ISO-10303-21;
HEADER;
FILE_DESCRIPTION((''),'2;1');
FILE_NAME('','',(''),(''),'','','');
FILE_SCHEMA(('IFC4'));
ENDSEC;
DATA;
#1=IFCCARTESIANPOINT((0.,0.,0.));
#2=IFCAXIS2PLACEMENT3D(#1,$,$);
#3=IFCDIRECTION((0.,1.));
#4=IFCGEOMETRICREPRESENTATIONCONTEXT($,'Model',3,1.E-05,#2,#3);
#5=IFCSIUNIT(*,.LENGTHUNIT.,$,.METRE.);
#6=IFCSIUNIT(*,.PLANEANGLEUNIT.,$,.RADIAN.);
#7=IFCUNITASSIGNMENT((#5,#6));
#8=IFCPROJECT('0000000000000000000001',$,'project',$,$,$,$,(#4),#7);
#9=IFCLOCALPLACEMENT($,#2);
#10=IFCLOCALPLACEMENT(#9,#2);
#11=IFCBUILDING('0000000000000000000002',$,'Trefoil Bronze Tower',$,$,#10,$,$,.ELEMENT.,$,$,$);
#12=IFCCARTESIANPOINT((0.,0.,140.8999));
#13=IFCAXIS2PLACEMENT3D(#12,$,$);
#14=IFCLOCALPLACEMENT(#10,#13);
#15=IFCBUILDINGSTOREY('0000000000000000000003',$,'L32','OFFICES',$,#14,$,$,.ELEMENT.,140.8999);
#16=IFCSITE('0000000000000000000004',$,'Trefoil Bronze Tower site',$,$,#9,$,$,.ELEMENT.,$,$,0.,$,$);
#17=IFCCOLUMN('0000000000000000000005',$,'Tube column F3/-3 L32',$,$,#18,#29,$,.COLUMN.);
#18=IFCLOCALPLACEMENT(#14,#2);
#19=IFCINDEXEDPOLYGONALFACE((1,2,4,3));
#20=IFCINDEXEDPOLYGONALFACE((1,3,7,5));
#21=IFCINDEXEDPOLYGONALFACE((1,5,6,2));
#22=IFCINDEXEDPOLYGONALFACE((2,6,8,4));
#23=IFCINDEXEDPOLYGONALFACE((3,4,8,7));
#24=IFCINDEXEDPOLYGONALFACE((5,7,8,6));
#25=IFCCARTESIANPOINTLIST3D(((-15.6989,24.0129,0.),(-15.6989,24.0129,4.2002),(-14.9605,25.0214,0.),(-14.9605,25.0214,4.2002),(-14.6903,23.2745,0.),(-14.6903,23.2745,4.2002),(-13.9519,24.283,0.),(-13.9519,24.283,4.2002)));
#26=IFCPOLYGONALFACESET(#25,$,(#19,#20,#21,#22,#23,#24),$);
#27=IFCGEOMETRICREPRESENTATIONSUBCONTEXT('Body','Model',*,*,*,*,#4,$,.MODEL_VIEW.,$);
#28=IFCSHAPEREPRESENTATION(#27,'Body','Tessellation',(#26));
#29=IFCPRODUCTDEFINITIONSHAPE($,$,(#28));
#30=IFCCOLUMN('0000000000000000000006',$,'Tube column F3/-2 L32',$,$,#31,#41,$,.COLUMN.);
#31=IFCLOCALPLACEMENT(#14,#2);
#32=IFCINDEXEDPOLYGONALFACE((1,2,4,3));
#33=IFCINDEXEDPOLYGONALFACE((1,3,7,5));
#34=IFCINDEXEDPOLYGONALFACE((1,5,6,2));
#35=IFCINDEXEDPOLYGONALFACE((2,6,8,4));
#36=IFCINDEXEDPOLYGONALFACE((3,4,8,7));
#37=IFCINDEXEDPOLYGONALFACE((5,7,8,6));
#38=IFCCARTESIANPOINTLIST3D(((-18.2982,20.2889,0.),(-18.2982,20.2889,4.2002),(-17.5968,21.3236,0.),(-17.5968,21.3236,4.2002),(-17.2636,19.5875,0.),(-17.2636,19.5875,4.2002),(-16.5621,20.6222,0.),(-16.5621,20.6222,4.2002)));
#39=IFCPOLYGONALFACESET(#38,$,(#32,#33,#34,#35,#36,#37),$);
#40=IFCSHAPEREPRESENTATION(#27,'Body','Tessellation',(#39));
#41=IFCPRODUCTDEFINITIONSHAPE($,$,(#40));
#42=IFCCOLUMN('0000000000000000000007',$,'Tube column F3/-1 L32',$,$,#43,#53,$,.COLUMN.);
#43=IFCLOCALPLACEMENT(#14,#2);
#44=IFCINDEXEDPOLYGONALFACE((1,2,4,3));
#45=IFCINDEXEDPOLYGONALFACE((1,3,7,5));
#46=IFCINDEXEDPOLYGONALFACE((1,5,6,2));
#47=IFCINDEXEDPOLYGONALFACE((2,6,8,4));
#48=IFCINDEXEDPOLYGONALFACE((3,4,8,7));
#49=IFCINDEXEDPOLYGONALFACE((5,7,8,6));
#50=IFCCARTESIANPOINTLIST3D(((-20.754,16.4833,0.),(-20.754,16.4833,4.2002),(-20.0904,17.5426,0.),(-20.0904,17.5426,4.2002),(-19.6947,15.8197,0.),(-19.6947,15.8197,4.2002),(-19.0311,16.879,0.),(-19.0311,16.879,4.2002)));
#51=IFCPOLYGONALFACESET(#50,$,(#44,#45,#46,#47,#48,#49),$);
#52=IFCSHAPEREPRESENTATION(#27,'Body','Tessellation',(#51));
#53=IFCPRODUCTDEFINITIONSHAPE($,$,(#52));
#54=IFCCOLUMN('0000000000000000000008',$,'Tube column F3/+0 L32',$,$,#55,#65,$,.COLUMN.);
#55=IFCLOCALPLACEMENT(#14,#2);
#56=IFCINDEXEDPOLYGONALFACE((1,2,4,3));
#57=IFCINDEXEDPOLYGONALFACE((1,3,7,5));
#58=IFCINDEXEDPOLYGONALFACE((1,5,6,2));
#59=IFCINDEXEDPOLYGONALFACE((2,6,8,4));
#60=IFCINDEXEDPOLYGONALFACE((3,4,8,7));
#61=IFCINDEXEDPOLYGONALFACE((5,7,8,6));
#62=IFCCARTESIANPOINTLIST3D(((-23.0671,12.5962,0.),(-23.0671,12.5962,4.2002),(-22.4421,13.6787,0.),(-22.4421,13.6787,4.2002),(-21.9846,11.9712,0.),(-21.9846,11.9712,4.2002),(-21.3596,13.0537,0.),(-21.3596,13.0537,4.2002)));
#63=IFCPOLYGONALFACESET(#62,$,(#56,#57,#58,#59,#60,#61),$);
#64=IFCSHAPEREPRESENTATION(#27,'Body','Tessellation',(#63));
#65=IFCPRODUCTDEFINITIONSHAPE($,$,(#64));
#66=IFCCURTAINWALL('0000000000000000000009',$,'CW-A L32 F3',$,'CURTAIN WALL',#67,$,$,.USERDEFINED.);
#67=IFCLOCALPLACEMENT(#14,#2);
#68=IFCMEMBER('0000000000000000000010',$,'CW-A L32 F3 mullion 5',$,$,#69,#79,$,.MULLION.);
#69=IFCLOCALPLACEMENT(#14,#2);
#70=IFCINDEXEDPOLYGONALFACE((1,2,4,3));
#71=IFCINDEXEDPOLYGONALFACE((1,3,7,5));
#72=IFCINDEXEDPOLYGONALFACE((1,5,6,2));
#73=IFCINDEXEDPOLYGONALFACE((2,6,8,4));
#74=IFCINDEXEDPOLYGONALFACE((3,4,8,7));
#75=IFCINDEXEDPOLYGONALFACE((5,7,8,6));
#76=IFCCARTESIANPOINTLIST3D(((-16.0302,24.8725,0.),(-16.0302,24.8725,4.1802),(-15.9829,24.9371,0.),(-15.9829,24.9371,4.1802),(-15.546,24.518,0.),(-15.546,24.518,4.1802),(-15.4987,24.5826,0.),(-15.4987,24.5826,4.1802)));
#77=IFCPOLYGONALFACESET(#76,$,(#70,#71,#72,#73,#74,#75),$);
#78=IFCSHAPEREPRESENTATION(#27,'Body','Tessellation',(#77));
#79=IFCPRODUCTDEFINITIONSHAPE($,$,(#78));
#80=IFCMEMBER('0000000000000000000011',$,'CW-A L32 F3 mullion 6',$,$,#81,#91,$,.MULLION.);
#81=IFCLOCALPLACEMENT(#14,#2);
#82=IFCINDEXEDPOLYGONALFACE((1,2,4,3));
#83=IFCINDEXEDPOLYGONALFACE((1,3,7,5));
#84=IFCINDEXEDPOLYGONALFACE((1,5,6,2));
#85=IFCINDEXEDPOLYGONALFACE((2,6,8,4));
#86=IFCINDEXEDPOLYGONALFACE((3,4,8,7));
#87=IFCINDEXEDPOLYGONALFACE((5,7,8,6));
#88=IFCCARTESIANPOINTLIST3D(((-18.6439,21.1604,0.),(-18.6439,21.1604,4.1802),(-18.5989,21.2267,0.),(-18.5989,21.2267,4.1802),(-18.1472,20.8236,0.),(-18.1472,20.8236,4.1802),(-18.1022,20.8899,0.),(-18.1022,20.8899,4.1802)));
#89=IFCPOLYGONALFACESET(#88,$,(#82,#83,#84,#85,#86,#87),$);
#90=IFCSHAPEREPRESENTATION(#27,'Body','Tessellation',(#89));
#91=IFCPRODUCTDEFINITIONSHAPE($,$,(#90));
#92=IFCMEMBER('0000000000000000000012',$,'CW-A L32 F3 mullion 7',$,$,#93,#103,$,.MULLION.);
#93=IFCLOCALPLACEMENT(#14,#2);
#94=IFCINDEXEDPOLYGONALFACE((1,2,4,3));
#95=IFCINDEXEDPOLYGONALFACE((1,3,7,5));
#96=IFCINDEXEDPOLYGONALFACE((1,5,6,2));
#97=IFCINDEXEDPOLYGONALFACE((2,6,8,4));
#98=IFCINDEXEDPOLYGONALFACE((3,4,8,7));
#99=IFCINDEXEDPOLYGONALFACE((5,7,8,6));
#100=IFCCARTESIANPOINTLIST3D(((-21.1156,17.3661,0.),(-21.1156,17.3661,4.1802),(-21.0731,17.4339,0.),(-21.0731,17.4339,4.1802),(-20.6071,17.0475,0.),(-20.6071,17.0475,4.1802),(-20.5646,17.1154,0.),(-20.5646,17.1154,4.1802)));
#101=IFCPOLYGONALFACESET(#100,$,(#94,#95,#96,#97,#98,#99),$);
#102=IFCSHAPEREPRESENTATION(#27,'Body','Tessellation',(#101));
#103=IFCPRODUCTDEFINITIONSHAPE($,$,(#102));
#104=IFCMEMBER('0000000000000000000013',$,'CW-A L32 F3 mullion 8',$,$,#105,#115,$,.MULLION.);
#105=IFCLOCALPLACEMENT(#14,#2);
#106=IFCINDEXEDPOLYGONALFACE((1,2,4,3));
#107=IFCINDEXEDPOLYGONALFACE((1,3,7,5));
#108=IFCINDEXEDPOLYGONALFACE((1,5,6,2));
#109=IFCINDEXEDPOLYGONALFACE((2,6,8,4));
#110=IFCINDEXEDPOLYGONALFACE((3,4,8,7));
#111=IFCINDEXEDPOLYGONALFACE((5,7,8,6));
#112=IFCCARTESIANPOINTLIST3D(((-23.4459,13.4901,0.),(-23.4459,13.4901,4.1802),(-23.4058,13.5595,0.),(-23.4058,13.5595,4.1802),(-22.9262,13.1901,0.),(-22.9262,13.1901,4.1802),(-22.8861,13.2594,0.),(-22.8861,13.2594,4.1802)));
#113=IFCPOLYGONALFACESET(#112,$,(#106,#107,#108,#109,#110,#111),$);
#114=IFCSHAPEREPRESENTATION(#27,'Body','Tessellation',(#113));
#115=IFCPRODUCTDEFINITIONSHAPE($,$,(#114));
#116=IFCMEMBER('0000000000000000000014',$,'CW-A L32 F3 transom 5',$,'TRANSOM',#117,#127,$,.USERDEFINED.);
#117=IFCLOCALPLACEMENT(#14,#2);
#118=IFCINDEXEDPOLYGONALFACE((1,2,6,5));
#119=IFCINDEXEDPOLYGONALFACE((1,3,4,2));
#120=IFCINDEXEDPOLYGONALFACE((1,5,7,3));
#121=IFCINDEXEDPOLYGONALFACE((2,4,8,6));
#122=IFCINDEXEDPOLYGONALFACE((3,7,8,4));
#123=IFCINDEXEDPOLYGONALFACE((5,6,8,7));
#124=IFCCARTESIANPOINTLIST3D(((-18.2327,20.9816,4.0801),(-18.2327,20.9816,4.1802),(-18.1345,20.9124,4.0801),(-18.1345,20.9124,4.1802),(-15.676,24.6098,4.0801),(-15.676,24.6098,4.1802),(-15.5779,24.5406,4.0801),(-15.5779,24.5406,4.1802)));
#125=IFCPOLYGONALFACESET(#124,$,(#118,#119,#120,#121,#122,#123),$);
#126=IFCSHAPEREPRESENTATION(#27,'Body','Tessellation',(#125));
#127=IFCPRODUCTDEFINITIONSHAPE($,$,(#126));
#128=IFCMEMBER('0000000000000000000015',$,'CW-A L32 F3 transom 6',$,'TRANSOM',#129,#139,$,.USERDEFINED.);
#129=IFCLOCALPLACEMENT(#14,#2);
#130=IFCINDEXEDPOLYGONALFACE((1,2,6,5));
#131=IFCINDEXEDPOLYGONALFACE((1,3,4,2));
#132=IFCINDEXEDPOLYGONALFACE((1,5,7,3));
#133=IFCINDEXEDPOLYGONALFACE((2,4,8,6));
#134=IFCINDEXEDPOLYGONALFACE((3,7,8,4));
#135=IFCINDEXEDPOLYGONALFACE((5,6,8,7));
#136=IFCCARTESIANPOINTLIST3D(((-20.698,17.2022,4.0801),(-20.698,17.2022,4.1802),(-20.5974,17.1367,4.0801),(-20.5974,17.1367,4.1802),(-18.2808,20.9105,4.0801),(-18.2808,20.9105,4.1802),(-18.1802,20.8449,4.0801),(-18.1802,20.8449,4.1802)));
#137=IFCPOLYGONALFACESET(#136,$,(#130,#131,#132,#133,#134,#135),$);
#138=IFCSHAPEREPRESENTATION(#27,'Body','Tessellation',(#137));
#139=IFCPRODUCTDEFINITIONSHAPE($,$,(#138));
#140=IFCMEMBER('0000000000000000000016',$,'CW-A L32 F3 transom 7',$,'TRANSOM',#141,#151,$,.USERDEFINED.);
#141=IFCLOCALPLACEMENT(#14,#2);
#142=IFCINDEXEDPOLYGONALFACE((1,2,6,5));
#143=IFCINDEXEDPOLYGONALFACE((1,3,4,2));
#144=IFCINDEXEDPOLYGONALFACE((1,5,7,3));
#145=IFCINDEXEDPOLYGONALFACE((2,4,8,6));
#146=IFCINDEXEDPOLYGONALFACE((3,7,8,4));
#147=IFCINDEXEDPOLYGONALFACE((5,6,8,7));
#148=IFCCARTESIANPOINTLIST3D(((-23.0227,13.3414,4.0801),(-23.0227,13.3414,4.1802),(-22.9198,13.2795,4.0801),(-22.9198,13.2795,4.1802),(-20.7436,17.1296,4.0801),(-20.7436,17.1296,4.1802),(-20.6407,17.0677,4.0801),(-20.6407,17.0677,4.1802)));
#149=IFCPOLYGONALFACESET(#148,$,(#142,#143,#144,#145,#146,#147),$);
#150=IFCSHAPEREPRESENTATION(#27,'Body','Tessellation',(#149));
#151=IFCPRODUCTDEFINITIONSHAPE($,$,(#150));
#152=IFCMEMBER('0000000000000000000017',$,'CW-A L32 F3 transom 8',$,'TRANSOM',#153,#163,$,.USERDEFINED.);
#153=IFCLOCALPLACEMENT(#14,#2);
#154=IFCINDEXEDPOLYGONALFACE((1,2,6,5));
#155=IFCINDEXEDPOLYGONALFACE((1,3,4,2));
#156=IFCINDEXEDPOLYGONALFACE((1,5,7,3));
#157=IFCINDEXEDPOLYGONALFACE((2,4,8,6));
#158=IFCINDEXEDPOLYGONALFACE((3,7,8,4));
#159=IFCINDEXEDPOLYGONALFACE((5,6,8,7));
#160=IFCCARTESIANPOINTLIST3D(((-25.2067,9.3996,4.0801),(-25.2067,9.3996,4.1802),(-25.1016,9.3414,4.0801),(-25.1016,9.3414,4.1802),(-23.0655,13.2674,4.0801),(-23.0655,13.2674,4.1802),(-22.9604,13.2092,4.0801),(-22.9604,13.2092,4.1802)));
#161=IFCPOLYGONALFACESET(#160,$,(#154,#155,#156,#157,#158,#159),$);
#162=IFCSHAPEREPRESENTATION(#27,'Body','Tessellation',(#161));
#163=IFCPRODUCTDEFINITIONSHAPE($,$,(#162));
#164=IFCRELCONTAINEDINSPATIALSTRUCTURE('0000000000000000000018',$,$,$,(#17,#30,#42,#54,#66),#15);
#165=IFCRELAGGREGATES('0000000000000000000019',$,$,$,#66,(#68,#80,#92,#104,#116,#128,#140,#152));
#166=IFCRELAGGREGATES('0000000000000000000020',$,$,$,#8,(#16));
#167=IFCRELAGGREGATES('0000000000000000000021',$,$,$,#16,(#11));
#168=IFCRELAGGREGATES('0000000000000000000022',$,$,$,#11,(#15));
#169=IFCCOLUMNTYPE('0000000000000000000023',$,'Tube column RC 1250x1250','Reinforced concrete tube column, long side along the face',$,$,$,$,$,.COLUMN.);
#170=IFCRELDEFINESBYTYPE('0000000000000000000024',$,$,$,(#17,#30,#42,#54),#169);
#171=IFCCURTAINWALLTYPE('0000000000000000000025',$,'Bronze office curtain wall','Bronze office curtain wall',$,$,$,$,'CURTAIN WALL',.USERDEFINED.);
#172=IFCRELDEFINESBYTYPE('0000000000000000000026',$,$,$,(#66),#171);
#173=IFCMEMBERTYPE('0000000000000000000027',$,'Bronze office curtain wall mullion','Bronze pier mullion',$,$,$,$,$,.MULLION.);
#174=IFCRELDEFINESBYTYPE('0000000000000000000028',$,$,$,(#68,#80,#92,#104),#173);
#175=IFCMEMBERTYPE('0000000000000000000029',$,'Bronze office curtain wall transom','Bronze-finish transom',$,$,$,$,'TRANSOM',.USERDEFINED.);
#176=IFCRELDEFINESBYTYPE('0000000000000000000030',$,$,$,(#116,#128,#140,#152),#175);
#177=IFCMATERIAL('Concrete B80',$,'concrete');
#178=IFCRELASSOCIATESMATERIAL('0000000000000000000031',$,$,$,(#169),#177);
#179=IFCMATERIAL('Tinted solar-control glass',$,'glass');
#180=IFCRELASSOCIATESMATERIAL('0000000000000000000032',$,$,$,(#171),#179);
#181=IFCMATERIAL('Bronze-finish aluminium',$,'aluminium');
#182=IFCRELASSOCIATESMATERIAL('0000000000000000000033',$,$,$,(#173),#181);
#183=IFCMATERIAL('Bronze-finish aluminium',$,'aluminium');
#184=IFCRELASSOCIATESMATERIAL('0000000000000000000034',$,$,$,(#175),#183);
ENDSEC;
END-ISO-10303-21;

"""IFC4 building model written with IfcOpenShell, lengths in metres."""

from ifc_helpers import new_model, si_unit, direction, frame, origin, origin_2d, place, context, subcontext, project, spatial, rectangle, extrude, material, material_profile, profile_set, type_object, element, aggregate, save


model = new_model("IFC4")

# Units and contexts
model_context = context("Model", 3, precision=1e-05, world=origin(), true_north=direction((0.0, 1.0)))
body_context = subcontext(model_context, "Body", "Model", "MODEL_VIEW")
ifc_project = project(units=[si_unit("LENGTHUNIT", "METRE"), si_unit("PLANEANGLEUNIT", "RADIAN")], contexts=[model_context])

# Site, building, storey
site_placement = place(None, origin())
site = spatial("IfcSite", under=ifc_project, at=site_placement, Name="Trefoil Bronze Tower site", CompositionType="ELEMENT", RefElevation=0.0)
building_placement = place(site_placement, origin())
building = spatial("IfcBuilding", under=site, at=building_placement, Name="Trefoil Bronze Tower", CompositionType="ELEMENT")
storey_placement = place(building_placement, frame((0.0, 0.0, 140.8999)))
storey = spatial("IfcBuildingStorey", under=building, at=storey_placement, Name="L32", Description="OFFICES", CompositionType="ELEMENT", Elevation=140.8999)

# Columns
ifc_material_1 = material(Name="Concrete B80", Category="concrete")
ifc_material_profile_1 = material_profile(ifc_material_1, rectangle(XDim=1.25, YDim=1.25, at=origin_2d()), Name="RC 1250x1250")
ifc_profile_set_1 = profile_set([ifc_material_profile_1], Name="Concrete B80")
column_type = type_object("IfcColumnType", Name="Tube column RC 1250x1250", Description="Reinforced concrete tube column, long side along the face", PredefinedType="COLUMN", material=ifc_profile_set_1)
for number, where, z_axis, x_axis, name in (
    (1, (-14.8254, 24.1479, 0.0), (0.0, 0.0, 1.0), (-0.590723, -0.806875, 0.0), "Tube column F3/-3 L32"),
    (2, (-17.4302, 20.4556, 0.0), (0.0, 0.0, 1.0), (-0.561136, -0.827724, 0.0), "Tube column F3/-2 L32"),
    (3, (-19.8926, 16.6812, 0.0), (0.0, 0.0, 1.0), (-0.530893, -0.847439, 0.0), "Tube column F3/-1 L32"),
    (4, (-22.2134, 12.825, 0.0), (0.0, 0.0, 1.0), (-0.5, -0.866025, 0.0), "Tube column F3/+0 L32"),
):
    element("IfcColumn", number, at=place(storey_placement, frame(where, z_axis=z_axis, x_axis=x_axis)), inside=storey, type_object=column_type, Name=name, PredefinedType="COLUMN", context=body_context, shape_type="SweptSolid", body=[
        extrude(rectangle(XDim=1.25, YDim=1.25, at=origin_2d()), origin(), (0.0, 0.0, 1.0), 4.2002),
    ])

# Curtain wall, members
ifc_material_2 = material(Name="Tinted solar-control glass", Category="glass")
curtain_wall_type = type_object("IfcCurtainWallType", Name="Bronze office curtain wall", Description="Bronze office curtain wall", ElementType="CURTAIN WALL", PredefinedType="USERDEFINED", material=ifc_material_2)
curtain_wall_placement = place(storey_placement, origin())
curtain_wall = element("IfcCurtainWall", 5, at=curtain_wall_placement, inside=storey, type_object=curtain_wall_type, Name="CW-A L32 F3", ObjectType="CURTAIN WALL", PredefinedType="USERDEFINED")
ifc_material_3 = material(Name="Bronze-finish aluminium", Category="aluminium")
ifc_material_profile_2 = material_profile(ifc_material_3, rectangle(XDim=0.6001, YDim=0.0801, at=origin_2d()), Name="CW-A mullion")
ifc_profile_set_2 = profile_set([ifc_material_profile_2], Name="Bronze-finish aluminium")
member_type_1 = type_object("IfcMemberType", Name="Bronze office curtain wall mullion", Description="Bronze pier mullion", PredefinedType="MULLION", material=ifc_profile_set_2)
member_1_placement = place(storey_placement, frame((-15.7644, 24.7275, 0.0), z_axis=(0.0, 0.0, 1.0), x_axis=(0.806875, -0.590723, 0.0)))
member_1 = element("IfcMember", 6, at=member_1_placement, type_object=member_type_1, Name="CW-A L32 F3 mullion 5", PredefinedType="MULLION", context=body_context, shape_type="SweptSolid", body=[
    extrude(rectangle(XDim=0.6001, YDim=0.0801, at=origin_2d()), origin(), (0.0, 0.0, 1.0), 4.1802),
])
member_2_placement = place(storey_placement, frame((-18.373, 21.0251, 0.0), z_axis=(0.0, 0.0, 1.0), x_axis=(0.827724, -0.561136, 0.0)))
member_2 = element("IfcMember", 7, at=member_2_placement, type_object=member_type_1, Name="CW-A L32 F3 mullion 6", PredefinedType="MULLION", context=body_context, shape_type="SweptSolid", body=[
    extrude(rectangle(XDim=0.6001, YDim=0.0801, at=origin_2d()), origin(), (0.0, 0.0, 1.0), 4.1802),
])
member_3_placement = place(storey_placement, frame((-20.8401, 17.2407, 0.0), z_axis=(0.0, 0.0, 1.0), x_axis=(0.847439, -0.530893, 0.0)))
member_3 = element("IfcMember", 8, at=member_3_placement, type_object=member_type_1, Name="CW-A L32 F3 mullion 7", PredefinedType="MULLION", context=body_context, shape_type="SweptSolid", body=[
    extrude(rectangle(XDim=0.6001, YDim=0.0801, at=origin_2d()), origin(), (0.0, 0.0, 1.0), 4.1802),
])
member_4_placement = place(storey_placement, frame((-23.166, 13.3748, 0.0), z_axis=(0.0, 0.0, 1.0), x_axis=(0.866025, -0.5, 0.0)))
member_4 = element("IfcMember", 9, at=member_4_placement, type_object=member_type_1, Name="CW-A L32 F3 mullion 8", PredefinedType="MULLION", context=body_context, shape_type="SweptSolid", body=[
    extrude(rectangle(XDim=0.6001, YDim=0.0801, at=origin_2d()), origin(), (0.0, 0.0, 1.0), 4.1802),
])
ifc_material_4 = material(Name="Bronze-finish aluminium", Category="aluminium")
ifc_material_profile_3 = material_profile(ifc_material_4, rectangle(XDim=0.1201, YDim=0.1001, at=origin_2d()), Name="CW-A transom")
ifc_profile_set_3 = profile_set([ifc_material_profile_3], Name="Bronze-finish aluminium")
member_type_2 = type_object("IfcMemberType", Name="Bronze office curtain wall transom", Description="Bronze-finish transom", ElementType="TRANSOM", PredefinedType="USERDEFINED", material=ifc_profile_set_3)
member_5_placement = place(storey_placement, frame((-15.627, 24.5752, 4.1301), z_axis=(-0.576018, -0.817437, 0.0), x_axis=(0.817437, -0.576018, 0.0)))
member_5 = element("IfcMember", 10, at=member_5_placement, type_object=member_type_2, Name="CW-A L32 F3 transom 5", ObjectType="TRANSOM", PredefinedType="USERDEFINED", context=body_context, shape_type="SweptSolid", body=[
    extrude(rectangle(XDim=0.1201, YDim=0.1001, at=origin_2d()), origin(), (0.0, 0.0, 1.0), 4.4385),
])
member_6_placement = place(storey_placement, frame((-18.2305, 20.8777, 4.1301), z_axis=(-0.546079, -0.837733, 0.0), x_axis=(0.837733, -0.546079, 0.0)))
member_6 = element("IfcMember", 11, at=member_6_placement, type_object=member_type_2, Name="CW-A L32 F3 transom 6", ObjectType="TRANSOM", PredefinedType="USERDEFINED", context=body_context, shape_type="SweptSolid", body=[
    extrude(rectangle(XDim=0.1201, YDim=0.1001, at=origin_2d()), origin(), (0.0, 0.0, 1.0), 4.4265),
])
member_7_placement = place(storey_placement, frame((-20.6921, 17.0986, 4.1301), z_axis=(-0.515527, -0.856873, 0.0), x_axis=(0.856873, -0.515527, 0.0)))
member_7 = element("IfcMember", 12, at=member_7_placement, type_object=member_type_2, Name="CW-A L32 F3 transom 7", ObjectType="TRANSOM", PredefinedType="USERDEFINED", context=body_context, shape_type="SweptSolid", body=[
    extrude(rectangle(XDim=0.1201, YDim=0.1001, at=origin_2d()), origin(), (0.0, 0.0, 1.0), 4.4209),
])
member_8_placement = place(storey_placement, frame((-23.0129, 13.2383, 4.1301), z_axis=(-0.484329, -0.874886, 0.0), x_axis=(0.874886, -0.484329, 0.0)))
member_8 = element("IfcMember", 13, at=member_8_placement, type_object=member_type_2, Name="CW-A L32 F3 transom 8", ObjectType="TRANSOM", PredefinedType="USERDEFINED", context=body_context, shape_type="SweptSolid", body=[
    extrude(rectangle(XDim=0.1201, YDim=0.1001, at=origin_2d()), origin(), (0.0, 0.0, 1.0), 4.4209),
])

aggregate(curtain_wall, [member_1, member_2, member_3, member_4, member_5, member_6, member_7, member_8])

save(model, "model.ifc")
